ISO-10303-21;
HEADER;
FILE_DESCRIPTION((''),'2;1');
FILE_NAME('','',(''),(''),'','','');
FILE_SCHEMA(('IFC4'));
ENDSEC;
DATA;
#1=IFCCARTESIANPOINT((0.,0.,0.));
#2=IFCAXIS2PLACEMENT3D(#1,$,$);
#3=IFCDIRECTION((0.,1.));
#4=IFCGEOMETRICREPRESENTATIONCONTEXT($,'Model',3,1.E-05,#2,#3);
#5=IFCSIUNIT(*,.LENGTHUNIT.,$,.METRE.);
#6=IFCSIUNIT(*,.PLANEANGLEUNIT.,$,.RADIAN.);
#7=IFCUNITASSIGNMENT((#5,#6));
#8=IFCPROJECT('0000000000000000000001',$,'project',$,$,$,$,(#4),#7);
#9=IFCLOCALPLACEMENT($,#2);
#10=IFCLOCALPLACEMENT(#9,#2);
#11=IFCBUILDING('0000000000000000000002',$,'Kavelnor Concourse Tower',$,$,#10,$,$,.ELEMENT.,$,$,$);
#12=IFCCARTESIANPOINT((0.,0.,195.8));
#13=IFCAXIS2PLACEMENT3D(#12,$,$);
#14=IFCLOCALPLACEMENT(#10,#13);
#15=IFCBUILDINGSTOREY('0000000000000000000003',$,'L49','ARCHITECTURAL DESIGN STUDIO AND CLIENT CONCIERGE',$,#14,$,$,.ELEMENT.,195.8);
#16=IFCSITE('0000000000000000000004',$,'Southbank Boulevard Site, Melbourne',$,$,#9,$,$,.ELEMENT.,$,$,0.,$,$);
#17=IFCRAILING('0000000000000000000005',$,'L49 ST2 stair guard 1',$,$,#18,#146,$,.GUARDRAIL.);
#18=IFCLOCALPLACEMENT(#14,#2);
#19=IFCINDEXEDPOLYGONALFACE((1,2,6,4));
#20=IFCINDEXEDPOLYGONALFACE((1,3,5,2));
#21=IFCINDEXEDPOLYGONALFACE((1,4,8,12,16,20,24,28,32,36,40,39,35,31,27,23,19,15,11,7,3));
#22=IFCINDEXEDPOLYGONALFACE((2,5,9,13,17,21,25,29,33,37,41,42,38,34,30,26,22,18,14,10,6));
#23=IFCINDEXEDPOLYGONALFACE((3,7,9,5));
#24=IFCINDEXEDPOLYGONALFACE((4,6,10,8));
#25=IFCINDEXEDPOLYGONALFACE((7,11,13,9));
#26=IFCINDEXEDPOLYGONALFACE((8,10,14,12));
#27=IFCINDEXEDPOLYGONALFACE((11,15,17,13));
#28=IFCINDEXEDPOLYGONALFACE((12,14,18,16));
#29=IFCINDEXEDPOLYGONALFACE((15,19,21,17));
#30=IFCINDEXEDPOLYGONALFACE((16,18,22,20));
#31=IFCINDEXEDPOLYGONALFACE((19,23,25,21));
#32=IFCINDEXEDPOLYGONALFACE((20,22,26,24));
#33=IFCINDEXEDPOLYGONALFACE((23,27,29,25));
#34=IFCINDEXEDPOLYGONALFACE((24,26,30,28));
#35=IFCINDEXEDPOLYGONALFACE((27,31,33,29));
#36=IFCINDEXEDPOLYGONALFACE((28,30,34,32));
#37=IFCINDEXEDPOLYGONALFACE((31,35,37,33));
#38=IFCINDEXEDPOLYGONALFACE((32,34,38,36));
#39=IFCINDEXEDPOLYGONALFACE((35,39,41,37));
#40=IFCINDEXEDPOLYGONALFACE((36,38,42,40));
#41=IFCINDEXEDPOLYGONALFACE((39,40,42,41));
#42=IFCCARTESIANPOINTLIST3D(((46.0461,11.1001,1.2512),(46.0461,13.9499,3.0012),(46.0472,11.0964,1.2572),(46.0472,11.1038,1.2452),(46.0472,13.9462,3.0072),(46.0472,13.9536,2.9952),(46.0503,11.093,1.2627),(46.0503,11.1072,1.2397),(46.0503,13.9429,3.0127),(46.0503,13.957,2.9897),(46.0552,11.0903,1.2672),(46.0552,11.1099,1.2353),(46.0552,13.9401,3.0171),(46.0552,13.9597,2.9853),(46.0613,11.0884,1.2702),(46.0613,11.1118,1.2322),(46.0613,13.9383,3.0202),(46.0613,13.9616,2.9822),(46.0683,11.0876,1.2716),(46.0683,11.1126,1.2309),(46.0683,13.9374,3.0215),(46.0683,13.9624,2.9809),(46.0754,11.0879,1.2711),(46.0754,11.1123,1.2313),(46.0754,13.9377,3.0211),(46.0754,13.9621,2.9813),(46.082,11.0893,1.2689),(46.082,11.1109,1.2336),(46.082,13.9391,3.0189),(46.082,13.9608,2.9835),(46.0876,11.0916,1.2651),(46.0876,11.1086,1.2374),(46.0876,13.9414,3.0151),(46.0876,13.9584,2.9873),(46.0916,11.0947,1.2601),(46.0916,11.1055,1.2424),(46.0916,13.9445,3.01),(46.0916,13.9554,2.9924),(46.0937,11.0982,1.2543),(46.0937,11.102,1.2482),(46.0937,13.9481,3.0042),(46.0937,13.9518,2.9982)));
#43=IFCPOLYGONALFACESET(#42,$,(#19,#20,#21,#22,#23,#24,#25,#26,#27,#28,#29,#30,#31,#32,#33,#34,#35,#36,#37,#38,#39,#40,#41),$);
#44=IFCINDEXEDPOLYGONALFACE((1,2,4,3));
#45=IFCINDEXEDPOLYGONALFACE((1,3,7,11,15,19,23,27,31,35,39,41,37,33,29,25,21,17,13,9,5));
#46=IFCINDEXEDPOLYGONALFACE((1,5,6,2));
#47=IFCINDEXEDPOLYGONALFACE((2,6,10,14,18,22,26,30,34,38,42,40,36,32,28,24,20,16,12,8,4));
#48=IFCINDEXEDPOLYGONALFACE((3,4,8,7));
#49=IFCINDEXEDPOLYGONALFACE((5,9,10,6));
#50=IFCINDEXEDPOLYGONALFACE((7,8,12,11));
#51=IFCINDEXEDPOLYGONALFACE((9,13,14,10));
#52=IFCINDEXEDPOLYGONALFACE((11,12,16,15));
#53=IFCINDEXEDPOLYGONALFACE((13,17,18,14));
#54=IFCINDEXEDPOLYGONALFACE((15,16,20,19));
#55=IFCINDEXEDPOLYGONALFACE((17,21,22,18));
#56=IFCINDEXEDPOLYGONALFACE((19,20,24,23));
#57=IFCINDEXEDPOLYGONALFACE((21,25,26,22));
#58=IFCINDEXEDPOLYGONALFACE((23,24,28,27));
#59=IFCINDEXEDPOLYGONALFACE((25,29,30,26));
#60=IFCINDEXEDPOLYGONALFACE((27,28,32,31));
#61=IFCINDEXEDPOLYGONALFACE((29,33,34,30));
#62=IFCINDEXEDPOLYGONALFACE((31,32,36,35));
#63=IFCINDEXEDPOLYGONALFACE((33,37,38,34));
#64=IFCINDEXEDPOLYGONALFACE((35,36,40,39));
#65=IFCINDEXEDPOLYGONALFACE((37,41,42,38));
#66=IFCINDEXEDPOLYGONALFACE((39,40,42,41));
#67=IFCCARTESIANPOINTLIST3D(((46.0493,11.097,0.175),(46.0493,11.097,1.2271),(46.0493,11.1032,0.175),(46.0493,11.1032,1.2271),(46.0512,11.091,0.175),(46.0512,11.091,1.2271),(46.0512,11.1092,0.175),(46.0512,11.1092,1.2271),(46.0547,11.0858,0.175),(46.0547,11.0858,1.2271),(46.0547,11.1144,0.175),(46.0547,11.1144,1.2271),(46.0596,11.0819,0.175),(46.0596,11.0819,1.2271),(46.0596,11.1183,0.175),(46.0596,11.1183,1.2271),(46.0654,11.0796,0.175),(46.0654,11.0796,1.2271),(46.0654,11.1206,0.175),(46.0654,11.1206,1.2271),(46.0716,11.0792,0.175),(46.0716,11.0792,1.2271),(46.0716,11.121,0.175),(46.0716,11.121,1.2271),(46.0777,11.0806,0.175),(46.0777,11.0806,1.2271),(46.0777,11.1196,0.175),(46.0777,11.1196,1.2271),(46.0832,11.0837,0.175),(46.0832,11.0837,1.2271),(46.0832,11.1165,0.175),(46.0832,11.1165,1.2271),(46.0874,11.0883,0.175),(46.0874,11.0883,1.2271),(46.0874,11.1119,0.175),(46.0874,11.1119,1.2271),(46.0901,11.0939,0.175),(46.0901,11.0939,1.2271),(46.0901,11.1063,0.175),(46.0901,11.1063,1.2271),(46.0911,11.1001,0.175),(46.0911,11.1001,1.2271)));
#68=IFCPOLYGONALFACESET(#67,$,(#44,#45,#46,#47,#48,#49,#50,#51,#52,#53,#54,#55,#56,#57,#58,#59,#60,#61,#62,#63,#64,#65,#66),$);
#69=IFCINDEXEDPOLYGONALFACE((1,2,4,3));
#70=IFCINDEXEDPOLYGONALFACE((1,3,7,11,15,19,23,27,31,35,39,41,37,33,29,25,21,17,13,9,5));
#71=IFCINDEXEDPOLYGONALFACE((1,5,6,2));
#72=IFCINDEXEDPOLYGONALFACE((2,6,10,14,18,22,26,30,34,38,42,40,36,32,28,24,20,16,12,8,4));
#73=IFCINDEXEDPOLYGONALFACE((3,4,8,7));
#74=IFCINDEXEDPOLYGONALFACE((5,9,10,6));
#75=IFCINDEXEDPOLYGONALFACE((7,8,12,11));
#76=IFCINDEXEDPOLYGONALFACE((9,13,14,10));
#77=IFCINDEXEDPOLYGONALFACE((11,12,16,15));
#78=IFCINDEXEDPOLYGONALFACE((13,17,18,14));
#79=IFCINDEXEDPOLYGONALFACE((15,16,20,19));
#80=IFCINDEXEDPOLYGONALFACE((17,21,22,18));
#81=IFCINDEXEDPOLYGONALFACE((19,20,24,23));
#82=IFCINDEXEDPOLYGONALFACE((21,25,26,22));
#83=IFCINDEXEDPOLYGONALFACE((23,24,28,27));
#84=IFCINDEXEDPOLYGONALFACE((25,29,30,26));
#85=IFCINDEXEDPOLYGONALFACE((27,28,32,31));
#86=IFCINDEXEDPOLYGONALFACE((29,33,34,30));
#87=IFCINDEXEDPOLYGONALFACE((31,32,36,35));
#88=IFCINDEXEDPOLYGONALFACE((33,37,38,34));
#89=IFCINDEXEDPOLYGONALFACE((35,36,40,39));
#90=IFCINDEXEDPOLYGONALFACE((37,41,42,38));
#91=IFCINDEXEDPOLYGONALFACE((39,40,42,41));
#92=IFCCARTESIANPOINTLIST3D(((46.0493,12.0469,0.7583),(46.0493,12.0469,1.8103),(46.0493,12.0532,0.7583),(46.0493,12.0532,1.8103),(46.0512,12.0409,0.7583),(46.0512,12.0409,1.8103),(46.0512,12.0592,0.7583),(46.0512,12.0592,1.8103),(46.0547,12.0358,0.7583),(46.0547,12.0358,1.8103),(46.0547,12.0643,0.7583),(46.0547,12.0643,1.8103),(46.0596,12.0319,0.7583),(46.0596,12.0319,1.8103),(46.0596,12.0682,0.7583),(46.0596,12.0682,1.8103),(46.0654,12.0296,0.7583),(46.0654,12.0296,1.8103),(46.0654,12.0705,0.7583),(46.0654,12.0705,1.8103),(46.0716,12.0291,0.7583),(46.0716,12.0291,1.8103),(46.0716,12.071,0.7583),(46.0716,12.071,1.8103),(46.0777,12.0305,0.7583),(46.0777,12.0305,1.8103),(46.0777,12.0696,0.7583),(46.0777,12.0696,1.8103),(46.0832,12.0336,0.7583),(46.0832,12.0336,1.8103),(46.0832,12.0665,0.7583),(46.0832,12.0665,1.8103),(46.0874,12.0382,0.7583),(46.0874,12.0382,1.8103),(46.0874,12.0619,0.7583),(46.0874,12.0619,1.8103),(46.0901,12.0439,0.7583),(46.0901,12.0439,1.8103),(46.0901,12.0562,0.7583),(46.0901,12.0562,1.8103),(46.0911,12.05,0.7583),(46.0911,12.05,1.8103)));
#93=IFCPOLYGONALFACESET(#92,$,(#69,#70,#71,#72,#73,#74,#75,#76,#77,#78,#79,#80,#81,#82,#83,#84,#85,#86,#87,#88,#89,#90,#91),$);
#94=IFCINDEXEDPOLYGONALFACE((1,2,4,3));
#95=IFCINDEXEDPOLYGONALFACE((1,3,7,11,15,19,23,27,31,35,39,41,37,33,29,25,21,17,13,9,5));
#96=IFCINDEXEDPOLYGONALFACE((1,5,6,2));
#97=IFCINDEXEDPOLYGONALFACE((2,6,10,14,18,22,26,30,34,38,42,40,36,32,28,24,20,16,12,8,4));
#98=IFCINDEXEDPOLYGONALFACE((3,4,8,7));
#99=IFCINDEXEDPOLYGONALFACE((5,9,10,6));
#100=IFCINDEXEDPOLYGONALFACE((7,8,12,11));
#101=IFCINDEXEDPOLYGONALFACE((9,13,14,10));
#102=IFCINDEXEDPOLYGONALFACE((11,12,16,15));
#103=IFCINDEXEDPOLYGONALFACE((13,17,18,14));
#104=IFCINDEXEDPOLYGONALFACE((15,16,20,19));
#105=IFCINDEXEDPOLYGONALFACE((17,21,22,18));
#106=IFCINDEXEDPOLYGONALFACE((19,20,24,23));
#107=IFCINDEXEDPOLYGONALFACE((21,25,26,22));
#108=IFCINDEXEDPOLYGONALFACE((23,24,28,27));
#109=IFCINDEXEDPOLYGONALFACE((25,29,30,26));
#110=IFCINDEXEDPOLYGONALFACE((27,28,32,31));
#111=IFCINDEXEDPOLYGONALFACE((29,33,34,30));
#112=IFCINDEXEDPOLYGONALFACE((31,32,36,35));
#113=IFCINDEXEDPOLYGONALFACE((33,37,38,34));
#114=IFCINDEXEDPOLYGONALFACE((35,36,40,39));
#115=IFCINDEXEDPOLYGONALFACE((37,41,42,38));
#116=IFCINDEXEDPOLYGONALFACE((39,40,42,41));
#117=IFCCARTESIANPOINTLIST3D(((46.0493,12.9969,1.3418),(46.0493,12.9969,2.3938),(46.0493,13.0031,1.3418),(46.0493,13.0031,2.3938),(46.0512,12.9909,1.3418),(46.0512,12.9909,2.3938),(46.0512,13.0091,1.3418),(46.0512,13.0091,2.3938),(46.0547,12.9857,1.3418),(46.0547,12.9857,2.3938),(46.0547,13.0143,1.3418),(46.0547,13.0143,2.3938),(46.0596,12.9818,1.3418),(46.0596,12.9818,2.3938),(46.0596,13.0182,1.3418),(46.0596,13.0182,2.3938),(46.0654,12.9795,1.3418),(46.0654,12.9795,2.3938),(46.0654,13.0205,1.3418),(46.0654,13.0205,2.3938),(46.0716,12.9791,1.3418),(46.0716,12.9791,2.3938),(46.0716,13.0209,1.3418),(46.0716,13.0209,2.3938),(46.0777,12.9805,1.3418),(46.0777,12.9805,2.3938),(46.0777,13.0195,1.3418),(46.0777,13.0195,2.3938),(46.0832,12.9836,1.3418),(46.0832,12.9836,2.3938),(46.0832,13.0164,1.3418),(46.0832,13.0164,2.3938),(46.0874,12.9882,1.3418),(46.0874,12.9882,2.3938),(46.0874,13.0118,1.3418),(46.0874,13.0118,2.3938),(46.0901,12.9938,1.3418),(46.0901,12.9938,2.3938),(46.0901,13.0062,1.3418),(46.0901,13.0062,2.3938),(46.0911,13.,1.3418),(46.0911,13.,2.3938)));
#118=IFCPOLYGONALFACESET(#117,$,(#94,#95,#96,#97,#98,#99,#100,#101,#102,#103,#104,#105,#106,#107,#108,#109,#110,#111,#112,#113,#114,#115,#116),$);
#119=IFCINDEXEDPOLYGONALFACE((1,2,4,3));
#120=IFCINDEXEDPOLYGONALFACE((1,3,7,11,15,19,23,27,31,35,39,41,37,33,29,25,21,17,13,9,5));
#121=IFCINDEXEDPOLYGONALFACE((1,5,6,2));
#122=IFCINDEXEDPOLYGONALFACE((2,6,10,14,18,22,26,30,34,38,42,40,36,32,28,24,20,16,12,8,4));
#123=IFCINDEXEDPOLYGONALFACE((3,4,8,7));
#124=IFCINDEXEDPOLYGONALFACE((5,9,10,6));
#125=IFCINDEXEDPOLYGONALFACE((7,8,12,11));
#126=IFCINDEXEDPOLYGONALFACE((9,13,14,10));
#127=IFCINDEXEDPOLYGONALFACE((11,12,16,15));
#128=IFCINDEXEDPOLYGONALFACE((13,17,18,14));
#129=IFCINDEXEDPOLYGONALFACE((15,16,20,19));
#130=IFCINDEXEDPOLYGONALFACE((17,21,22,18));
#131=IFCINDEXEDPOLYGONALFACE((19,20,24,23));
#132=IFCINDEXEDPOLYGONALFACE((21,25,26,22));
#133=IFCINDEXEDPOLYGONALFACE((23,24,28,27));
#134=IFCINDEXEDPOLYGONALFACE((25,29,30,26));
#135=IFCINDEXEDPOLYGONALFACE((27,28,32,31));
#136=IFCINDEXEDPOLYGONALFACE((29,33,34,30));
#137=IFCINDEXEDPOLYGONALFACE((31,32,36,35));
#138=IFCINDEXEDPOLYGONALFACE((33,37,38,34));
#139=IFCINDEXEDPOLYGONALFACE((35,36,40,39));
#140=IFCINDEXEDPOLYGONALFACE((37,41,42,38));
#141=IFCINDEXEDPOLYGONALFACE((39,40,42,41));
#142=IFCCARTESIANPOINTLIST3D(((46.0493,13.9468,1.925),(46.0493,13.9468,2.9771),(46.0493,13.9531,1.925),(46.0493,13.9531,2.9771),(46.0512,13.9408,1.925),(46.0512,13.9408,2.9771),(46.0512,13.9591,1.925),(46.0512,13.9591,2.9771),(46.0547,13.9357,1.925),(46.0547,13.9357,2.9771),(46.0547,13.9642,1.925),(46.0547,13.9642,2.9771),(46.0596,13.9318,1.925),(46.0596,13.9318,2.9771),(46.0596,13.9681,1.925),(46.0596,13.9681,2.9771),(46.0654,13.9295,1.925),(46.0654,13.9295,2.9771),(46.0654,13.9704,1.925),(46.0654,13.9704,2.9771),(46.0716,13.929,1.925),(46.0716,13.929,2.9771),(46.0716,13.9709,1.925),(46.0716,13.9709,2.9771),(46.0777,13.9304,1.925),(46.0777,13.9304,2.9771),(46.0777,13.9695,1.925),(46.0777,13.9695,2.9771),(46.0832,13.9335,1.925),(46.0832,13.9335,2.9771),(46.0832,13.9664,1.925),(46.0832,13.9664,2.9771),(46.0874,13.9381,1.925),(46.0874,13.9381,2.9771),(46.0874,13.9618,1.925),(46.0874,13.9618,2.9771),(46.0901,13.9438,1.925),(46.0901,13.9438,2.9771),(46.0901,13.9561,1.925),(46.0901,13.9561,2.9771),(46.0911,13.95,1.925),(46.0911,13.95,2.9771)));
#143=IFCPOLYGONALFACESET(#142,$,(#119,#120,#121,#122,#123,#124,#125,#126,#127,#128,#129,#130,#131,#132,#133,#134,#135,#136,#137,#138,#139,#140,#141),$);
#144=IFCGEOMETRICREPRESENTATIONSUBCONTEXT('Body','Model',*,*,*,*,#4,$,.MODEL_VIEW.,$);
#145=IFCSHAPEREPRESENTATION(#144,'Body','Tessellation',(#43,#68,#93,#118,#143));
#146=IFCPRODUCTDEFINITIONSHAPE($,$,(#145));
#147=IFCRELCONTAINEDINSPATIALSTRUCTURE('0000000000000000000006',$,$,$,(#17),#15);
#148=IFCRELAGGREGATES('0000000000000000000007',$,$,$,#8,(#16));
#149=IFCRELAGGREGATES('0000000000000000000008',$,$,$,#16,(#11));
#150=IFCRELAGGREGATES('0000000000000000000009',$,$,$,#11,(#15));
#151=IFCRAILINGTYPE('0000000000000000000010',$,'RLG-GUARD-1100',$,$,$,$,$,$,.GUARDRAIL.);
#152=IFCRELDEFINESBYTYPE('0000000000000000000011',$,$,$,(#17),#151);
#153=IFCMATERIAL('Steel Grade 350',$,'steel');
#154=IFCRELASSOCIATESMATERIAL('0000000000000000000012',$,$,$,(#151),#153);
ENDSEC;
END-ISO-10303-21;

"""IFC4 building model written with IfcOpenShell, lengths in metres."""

from ifc_helpers import new_model, si_unit, direction, frame, origin, origin_2d, place, context, subcontext, project, spatial, circle, extrude, material, type_object, element, save


model = new_model("IFC4")

# Units and contexts
model_context = context("Model", 3, precision=1e-05, world=origin(), true_north=direction((0.0, 1.0)))
body_context = subcontext(model_context, "Body", "Model", "MODEL_VIEW")
ifc_project = project(units=[si_unit("LENGTHUNIT", "METRE"), si_unit("PLANEANGLEUNIT", "RADIAN")], contexts=[model_context])

# Site, building, storey
site_placement = place(None, origin())
site = spatial("IfcSite", under=ifc_project, at=site_placement, Name="Southbank Boulevard Site, Melbourne", CompositionType="ELEMENT", RefElevation=0.0)
building_placement = place(site_placement, origin())
building = spatial("IfcBuilding", under=site, at=building_placement, Name="Kavelnor Concourse Tower", CompositionType="ELEMENT")
storey_placement = place(building_placement, frame((0.0, 0.0, 195.8)))
storey = spatial("IfcBuildingStorey", under=building, at=storey_placement, Name="L49", Description="ARCHITECTURAL DESIGN STUDIO AND CLIENT CONCIERGE", CompositionType="ELEMENT", Elevation=195.8)

# Shared definitions
ifc_material_1 = material(Name="Steel Grade 350", Category="steel")

# Railing
railing_type_1 = type_object("IfcRailingType", Name="RLG-GUARD-1100", PredefinedType="GUARDRAIL", material=ifc_material_1)
railing_1_placement = place(storey_placement, frame((46.0701, 11.1001, 0.175)))
element("IfcRailing", 1, at=railing_1_placement, inside=storey, type_object=railing_type_1, Name="L49 ST2 stair guard 1", PredefinedType="GUARDRAIL", context=body_context, shape_type="SweptSolid", body=[
    extrude(circle(Radius=0.0239, at=origin_2d()), frame((0.0, 0.0, 1.0762), z_axis=(0.0, 0.852159, 0.523283), x_axis=(-1.0, 0.0, 0.0)), (0.0, 0.0, 1.0), 3.3442),
    extrude(circle(Radius=0.021, at=origin_2d()), origin(), (0.0, 0.0, 1.0), 1.052),
    extrude(circle(Radius=0.021, at=origin_2d()), frame((0.0, 0.95, 0.5833)), (0.0, 0.0, 1.0), 1.052),
    extrude(circle(Radius=0.021, at=origin_2d()), frame((0.0, 1.8999, 1.1667)), (0.0, 0.0, 1.0), 1.052),
    extrude(circle(Radius=0.021, at=origin_2d()), frame((0.0, 2.8499, 1.75)), (0.0, 0.0, 1.0), 1.052),
])

save(model, "model.ifc")
